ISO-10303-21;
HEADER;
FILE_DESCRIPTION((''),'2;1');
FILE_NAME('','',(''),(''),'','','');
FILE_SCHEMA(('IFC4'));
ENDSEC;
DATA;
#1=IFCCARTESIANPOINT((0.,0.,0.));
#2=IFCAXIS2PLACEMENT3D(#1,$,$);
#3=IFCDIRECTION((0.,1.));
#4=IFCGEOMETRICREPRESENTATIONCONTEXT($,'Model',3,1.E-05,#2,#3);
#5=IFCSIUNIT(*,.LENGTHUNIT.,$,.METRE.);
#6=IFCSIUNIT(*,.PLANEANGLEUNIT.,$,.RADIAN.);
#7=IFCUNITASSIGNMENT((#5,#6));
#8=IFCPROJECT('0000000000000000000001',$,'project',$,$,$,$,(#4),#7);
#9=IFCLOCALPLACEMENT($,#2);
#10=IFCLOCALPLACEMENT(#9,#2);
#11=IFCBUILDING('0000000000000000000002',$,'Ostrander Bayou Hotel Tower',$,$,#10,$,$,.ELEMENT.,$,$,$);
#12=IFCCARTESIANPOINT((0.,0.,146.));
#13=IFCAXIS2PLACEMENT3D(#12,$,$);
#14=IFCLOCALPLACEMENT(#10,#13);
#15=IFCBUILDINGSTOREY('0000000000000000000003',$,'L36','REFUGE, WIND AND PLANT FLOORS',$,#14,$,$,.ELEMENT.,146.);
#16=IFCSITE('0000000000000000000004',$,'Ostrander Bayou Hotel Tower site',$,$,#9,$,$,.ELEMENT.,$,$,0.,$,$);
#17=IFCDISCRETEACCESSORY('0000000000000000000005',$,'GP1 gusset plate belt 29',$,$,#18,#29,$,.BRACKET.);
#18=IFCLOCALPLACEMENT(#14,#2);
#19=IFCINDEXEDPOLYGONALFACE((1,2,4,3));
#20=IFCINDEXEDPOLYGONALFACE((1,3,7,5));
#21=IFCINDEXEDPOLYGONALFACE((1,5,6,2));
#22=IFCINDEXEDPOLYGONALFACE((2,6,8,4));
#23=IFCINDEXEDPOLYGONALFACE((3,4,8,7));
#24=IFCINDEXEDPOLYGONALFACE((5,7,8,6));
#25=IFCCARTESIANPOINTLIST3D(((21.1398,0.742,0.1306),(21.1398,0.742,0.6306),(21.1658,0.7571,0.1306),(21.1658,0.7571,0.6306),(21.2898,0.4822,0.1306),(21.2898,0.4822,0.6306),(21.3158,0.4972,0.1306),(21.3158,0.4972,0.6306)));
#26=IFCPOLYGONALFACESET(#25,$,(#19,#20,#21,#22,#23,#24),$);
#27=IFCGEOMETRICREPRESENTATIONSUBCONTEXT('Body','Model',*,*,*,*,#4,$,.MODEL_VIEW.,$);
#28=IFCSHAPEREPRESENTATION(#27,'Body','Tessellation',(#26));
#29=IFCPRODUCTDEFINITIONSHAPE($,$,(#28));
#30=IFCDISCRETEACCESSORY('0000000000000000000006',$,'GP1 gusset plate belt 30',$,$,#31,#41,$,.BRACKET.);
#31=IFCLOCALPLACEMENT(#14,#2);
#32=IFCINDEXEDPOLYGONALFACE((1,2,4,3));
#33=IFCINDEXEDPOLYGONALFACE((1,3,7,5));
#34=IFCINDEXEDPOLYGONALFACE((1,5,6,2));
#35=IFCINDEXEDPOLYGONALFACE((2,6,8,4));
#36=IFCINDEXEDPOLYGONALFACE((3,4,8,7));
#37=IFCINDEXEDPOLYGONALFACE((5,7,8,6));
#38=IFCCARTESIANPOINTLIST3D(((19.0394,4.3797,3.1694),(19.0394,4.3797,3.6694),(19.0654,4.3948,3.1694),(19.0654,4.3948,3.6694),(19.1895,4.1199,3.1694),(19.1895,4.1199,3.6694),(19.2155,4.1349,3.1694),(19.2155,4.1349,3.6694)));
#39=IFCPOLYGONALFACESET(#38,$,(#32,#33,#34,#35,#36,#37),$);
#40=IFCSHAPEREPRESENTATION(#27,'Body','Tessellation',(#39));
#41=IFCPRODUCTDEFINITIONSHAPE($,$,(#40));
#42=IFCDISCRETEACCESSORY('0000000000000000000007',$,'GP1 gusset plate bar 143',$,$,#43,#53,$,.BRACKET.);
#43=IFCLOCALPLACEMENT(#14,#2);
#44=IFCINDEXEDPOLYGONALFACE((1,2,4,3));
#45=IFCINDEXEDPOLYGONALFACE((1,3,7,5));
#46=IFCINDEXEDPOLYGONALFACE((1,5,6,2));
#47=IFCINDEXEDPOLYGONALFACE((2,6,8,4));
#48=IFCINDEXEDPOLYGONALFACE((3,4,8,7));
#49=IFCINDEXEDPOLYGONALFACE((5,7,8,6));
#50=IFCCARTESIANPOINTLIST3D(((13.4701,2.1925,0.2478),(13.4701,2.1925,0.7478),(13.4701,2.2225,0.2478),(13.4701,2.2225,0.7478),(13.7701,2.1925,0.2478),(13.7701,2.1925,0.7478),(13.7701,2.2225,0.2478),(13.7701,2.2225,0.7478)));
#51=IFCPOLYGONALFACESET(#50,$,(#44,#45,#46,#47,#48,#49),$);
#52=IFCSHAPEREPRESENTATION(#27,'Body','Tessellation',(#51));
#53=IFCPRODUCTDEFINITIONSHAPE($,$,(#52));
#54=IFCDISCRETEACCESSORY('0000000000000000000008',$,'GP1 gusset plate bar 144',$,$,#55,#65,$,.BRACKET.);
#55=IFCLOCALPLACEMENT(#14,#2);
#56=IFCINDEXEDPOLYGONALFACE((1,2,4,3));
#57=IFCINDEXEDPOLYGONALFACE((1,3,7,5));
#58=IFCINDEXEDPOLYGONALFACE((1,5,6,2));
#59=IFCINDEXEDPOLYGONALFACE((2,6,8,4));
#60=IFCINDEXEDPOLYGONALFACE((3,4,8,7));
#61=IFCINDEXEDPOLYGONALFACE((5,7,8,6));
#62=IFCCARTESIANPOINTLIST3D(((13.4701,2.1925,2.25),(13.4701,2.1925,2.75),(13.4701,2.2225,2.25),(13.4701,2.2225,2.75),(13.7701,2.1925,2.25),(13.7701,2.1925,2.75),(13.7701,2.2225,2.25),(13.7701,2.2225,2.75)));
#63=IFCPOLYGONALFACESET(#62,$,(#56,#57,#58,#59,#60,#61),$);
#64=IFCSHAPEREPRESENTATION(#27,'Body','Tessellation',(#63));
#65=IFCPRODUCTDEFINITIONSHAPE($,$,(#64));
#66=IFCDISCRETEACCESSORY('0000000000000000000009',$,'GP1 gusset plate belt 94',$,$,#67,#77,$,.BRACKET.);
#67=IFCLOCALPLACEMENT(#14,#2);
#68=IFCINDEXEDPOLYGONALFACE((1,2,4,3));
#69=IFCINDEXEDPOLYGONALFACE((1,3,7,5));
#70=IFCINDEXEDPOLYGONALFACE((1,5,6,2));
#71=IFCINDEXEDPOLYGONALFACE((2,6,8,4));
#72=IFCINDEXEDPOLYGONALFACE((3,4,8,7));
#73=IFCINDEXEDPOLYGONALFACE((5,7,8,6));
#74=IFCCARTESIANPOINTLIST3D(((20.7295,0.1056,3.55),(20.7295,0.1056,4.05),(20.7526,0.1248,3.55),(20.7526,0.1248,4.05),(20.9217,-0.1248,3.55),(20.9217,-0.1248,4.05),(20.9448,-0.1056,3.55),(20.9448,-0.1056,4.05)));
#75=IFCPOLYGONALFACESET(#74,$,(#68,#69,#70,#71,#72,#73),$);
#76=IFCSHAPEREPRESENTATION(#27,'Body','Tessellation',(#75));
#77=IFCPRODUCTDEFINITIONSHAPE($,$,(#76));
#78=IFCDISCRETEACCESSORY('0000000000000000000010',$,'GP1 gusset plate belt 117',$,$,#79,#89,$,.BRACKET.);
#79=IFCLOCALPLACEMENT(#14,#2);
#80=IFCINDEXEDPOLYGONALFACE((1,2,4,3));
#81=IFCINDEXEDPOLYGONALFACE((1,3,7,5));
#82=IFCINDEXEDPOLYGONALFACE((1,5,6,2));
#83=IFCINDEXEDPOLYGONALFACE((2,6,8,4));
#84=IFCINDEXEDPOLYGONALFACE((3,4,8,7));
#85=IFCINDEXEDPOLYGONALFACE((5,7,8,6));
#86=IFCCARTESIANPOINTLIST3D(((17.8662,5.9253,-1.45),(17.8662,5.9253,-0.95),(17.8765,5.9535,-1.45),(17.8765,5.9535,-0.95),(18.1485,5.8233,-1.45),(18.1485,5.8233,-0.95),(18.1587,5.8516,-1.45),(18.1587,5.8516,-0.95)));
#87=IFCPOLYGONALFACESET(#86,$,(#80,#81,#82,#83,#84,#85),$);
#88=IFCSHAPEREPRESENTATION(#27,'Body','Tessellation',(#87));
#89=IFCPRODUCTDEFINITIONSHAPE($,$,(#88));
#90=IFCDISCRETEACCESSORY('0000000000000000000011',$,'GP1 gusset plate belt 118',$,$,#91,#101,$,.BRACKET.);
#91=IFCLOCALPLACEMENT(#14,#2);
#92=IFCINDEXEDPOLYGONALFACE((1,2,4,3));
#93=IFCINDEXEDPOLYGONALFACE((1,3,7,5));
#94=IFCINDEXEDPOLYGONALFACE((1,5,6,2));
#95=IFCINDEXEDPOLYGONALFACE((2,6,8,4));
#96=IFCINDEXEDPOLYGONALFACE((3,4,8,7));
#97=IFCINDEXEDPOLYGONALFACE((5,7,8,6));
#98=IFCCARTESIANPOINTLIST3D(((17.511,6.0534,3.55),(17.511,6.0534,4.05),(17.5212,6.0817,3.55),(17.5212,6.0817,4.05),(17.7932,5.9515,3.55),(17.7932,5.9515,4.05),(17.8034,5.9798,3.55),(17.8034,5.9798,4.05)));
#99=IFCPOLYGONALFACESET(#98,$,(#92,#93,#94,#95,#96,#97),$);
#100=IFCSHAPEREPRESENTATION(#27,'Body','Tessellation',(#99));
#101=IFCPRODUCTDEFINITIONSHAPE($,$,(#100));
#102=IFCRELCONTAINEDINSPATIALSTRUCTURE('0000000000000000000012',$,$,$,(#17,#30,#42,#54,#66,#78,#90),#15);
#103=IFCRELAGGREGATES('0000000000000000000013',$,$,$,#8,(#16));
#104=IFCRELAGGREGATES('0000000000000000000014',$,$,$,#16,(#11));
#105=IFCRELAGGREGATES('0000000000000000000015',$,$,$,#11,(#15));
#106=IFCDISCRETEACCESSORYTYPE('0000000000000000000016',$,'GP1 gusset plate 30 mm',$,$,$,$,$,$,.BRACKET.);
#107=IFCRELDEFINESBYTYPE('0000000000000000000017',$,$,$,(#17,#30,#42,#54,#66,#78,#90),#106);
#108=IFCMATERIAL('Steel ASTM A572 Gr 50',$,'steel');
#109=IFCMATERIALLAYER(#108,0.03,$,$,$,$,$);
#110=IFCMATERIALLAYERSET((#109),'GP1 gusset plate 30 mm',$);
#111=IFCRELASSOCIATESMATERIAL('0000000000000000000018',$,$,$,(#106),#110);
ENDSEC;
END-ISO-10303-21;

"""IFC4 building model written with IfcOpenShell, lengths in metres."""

from ifc_helpers import new_model, si_unit, direction, frame, origin, origin_2d, place, context, subcontext, project, spatial, rectangle, extrude, material, layer, layer_set, type_object, element, save


model = new_model("IFC4")

# Units and contexts
model_context = context("Model", 3, precision=1e-05, world=origin(), true_north=direction((0.0, 1.0)))
body_context = subcontext(model_context, "Body", "Model", "MODEL_VIEW")
ifc_project = project(units=[si_unit("LENGTHUNIT", "METRE"), si_unit("PLANEANGLEUNIT", "RADIAN")], contexts=[model_context])

# Site, building, storey
site_placement = place(None, origin())
site = spatial("IfcSite", under=ifc_project, at=site_placement, Name="Ostrander Bayou Hotel Tower site", CompositionType="ELEMENT", RefElevation=0.0)
building_placement = place(site_placement, origin())
building = spatial("IfcBuilding", under=site, at=building_placement, Name="Ostrander Bayou Hotel Tower", CompositionType="ELEMENT")
storey_placement = place(building_placement, frame((0.0, 0.0, 146.0)))
storey = spatial("IfcBuildingStorey", under=building, at=storey_placement, Name="L36", Description="REFUGE, WIND AND PLANT FLOORS", CompositionType="ELEMENT", Elevation=146.0)

# Discrete accessories
ifc_material_1 = material(Name="Steel ASTM A572 Gr 50", Category="steel")
ifc_layer_1 = layer(ifc_material_1, 0.03)
ifc_layer_set_1 = layer_set([ifc_layer_1], Name="GP1 gusset plate 30 mm")
discrete_accessory_type = type_object("IfcDiscreteAccessoryType", Name="GP1 gusset plate 30 mm", PredefinedType="BRACKET", material=ifc_layer_set_1)
for number, where, z_axis, x_axis, name in (
    (1, (21.2278, 0.6196, 0.1306), (0.0, 0.0, 1.0), (-0.5, 0.866025, 0.0), "GP1 gusset plate belt 29"),
    (2, (19.1274, 4.2573, 3.1694), (0.0, 0.0, 1.0), (-0.5, 0.866025, 0.0), "GP1 gusset plate belt 30"),
    (3, (13.6201, 2.2075, 0.2478), (0.0, 0.0, 1.0), (1.0, 0.0, 0.0), "GP1 gusset plate bar 143"),
    (4, (13.6201, 2.2075, 2.25), (0.0, 0.0, 1.0), (1.0, 0.0, 0.0), "GP1 gusset plate bar 144"),
    (5, (20.8372, 0.0, 3.55), (0.0, 0.0, 1.0), (-0.640445, 0.768004, 0.0), "GP1 gusset plate belt 94"),
    (6, (18.0125, 5.8884, -1.45), (0.0, 0.0, 1.0), (-0.940526, 0.339723, 0.0), "GP1 gusset plate belt 117"),
    (7, (17.6572, 6.0166, 3.55), (0.0, 0.0, 1.0), (-0.940526, 0.339723, 0.0), "GP1 gusset plate belt 118"),
):
    element("IfcDiscreteAccessory", number, at=place(storey_placement, frame(where, z_axis=z_axis, x_axis=x_axis)), inside=storey, type_object=discrete_accessory_type, Name=name, PredefinedType="BRACKET", context=body_context, shape_type="SweptSolid", body=[
        extrude(rectangle(XDim=0.3, YDim=0.03, at=origin_2d()), origin(), (0.0, 0.0, 1.0), 0.5),
    ])

save(model, "model.ifc")
